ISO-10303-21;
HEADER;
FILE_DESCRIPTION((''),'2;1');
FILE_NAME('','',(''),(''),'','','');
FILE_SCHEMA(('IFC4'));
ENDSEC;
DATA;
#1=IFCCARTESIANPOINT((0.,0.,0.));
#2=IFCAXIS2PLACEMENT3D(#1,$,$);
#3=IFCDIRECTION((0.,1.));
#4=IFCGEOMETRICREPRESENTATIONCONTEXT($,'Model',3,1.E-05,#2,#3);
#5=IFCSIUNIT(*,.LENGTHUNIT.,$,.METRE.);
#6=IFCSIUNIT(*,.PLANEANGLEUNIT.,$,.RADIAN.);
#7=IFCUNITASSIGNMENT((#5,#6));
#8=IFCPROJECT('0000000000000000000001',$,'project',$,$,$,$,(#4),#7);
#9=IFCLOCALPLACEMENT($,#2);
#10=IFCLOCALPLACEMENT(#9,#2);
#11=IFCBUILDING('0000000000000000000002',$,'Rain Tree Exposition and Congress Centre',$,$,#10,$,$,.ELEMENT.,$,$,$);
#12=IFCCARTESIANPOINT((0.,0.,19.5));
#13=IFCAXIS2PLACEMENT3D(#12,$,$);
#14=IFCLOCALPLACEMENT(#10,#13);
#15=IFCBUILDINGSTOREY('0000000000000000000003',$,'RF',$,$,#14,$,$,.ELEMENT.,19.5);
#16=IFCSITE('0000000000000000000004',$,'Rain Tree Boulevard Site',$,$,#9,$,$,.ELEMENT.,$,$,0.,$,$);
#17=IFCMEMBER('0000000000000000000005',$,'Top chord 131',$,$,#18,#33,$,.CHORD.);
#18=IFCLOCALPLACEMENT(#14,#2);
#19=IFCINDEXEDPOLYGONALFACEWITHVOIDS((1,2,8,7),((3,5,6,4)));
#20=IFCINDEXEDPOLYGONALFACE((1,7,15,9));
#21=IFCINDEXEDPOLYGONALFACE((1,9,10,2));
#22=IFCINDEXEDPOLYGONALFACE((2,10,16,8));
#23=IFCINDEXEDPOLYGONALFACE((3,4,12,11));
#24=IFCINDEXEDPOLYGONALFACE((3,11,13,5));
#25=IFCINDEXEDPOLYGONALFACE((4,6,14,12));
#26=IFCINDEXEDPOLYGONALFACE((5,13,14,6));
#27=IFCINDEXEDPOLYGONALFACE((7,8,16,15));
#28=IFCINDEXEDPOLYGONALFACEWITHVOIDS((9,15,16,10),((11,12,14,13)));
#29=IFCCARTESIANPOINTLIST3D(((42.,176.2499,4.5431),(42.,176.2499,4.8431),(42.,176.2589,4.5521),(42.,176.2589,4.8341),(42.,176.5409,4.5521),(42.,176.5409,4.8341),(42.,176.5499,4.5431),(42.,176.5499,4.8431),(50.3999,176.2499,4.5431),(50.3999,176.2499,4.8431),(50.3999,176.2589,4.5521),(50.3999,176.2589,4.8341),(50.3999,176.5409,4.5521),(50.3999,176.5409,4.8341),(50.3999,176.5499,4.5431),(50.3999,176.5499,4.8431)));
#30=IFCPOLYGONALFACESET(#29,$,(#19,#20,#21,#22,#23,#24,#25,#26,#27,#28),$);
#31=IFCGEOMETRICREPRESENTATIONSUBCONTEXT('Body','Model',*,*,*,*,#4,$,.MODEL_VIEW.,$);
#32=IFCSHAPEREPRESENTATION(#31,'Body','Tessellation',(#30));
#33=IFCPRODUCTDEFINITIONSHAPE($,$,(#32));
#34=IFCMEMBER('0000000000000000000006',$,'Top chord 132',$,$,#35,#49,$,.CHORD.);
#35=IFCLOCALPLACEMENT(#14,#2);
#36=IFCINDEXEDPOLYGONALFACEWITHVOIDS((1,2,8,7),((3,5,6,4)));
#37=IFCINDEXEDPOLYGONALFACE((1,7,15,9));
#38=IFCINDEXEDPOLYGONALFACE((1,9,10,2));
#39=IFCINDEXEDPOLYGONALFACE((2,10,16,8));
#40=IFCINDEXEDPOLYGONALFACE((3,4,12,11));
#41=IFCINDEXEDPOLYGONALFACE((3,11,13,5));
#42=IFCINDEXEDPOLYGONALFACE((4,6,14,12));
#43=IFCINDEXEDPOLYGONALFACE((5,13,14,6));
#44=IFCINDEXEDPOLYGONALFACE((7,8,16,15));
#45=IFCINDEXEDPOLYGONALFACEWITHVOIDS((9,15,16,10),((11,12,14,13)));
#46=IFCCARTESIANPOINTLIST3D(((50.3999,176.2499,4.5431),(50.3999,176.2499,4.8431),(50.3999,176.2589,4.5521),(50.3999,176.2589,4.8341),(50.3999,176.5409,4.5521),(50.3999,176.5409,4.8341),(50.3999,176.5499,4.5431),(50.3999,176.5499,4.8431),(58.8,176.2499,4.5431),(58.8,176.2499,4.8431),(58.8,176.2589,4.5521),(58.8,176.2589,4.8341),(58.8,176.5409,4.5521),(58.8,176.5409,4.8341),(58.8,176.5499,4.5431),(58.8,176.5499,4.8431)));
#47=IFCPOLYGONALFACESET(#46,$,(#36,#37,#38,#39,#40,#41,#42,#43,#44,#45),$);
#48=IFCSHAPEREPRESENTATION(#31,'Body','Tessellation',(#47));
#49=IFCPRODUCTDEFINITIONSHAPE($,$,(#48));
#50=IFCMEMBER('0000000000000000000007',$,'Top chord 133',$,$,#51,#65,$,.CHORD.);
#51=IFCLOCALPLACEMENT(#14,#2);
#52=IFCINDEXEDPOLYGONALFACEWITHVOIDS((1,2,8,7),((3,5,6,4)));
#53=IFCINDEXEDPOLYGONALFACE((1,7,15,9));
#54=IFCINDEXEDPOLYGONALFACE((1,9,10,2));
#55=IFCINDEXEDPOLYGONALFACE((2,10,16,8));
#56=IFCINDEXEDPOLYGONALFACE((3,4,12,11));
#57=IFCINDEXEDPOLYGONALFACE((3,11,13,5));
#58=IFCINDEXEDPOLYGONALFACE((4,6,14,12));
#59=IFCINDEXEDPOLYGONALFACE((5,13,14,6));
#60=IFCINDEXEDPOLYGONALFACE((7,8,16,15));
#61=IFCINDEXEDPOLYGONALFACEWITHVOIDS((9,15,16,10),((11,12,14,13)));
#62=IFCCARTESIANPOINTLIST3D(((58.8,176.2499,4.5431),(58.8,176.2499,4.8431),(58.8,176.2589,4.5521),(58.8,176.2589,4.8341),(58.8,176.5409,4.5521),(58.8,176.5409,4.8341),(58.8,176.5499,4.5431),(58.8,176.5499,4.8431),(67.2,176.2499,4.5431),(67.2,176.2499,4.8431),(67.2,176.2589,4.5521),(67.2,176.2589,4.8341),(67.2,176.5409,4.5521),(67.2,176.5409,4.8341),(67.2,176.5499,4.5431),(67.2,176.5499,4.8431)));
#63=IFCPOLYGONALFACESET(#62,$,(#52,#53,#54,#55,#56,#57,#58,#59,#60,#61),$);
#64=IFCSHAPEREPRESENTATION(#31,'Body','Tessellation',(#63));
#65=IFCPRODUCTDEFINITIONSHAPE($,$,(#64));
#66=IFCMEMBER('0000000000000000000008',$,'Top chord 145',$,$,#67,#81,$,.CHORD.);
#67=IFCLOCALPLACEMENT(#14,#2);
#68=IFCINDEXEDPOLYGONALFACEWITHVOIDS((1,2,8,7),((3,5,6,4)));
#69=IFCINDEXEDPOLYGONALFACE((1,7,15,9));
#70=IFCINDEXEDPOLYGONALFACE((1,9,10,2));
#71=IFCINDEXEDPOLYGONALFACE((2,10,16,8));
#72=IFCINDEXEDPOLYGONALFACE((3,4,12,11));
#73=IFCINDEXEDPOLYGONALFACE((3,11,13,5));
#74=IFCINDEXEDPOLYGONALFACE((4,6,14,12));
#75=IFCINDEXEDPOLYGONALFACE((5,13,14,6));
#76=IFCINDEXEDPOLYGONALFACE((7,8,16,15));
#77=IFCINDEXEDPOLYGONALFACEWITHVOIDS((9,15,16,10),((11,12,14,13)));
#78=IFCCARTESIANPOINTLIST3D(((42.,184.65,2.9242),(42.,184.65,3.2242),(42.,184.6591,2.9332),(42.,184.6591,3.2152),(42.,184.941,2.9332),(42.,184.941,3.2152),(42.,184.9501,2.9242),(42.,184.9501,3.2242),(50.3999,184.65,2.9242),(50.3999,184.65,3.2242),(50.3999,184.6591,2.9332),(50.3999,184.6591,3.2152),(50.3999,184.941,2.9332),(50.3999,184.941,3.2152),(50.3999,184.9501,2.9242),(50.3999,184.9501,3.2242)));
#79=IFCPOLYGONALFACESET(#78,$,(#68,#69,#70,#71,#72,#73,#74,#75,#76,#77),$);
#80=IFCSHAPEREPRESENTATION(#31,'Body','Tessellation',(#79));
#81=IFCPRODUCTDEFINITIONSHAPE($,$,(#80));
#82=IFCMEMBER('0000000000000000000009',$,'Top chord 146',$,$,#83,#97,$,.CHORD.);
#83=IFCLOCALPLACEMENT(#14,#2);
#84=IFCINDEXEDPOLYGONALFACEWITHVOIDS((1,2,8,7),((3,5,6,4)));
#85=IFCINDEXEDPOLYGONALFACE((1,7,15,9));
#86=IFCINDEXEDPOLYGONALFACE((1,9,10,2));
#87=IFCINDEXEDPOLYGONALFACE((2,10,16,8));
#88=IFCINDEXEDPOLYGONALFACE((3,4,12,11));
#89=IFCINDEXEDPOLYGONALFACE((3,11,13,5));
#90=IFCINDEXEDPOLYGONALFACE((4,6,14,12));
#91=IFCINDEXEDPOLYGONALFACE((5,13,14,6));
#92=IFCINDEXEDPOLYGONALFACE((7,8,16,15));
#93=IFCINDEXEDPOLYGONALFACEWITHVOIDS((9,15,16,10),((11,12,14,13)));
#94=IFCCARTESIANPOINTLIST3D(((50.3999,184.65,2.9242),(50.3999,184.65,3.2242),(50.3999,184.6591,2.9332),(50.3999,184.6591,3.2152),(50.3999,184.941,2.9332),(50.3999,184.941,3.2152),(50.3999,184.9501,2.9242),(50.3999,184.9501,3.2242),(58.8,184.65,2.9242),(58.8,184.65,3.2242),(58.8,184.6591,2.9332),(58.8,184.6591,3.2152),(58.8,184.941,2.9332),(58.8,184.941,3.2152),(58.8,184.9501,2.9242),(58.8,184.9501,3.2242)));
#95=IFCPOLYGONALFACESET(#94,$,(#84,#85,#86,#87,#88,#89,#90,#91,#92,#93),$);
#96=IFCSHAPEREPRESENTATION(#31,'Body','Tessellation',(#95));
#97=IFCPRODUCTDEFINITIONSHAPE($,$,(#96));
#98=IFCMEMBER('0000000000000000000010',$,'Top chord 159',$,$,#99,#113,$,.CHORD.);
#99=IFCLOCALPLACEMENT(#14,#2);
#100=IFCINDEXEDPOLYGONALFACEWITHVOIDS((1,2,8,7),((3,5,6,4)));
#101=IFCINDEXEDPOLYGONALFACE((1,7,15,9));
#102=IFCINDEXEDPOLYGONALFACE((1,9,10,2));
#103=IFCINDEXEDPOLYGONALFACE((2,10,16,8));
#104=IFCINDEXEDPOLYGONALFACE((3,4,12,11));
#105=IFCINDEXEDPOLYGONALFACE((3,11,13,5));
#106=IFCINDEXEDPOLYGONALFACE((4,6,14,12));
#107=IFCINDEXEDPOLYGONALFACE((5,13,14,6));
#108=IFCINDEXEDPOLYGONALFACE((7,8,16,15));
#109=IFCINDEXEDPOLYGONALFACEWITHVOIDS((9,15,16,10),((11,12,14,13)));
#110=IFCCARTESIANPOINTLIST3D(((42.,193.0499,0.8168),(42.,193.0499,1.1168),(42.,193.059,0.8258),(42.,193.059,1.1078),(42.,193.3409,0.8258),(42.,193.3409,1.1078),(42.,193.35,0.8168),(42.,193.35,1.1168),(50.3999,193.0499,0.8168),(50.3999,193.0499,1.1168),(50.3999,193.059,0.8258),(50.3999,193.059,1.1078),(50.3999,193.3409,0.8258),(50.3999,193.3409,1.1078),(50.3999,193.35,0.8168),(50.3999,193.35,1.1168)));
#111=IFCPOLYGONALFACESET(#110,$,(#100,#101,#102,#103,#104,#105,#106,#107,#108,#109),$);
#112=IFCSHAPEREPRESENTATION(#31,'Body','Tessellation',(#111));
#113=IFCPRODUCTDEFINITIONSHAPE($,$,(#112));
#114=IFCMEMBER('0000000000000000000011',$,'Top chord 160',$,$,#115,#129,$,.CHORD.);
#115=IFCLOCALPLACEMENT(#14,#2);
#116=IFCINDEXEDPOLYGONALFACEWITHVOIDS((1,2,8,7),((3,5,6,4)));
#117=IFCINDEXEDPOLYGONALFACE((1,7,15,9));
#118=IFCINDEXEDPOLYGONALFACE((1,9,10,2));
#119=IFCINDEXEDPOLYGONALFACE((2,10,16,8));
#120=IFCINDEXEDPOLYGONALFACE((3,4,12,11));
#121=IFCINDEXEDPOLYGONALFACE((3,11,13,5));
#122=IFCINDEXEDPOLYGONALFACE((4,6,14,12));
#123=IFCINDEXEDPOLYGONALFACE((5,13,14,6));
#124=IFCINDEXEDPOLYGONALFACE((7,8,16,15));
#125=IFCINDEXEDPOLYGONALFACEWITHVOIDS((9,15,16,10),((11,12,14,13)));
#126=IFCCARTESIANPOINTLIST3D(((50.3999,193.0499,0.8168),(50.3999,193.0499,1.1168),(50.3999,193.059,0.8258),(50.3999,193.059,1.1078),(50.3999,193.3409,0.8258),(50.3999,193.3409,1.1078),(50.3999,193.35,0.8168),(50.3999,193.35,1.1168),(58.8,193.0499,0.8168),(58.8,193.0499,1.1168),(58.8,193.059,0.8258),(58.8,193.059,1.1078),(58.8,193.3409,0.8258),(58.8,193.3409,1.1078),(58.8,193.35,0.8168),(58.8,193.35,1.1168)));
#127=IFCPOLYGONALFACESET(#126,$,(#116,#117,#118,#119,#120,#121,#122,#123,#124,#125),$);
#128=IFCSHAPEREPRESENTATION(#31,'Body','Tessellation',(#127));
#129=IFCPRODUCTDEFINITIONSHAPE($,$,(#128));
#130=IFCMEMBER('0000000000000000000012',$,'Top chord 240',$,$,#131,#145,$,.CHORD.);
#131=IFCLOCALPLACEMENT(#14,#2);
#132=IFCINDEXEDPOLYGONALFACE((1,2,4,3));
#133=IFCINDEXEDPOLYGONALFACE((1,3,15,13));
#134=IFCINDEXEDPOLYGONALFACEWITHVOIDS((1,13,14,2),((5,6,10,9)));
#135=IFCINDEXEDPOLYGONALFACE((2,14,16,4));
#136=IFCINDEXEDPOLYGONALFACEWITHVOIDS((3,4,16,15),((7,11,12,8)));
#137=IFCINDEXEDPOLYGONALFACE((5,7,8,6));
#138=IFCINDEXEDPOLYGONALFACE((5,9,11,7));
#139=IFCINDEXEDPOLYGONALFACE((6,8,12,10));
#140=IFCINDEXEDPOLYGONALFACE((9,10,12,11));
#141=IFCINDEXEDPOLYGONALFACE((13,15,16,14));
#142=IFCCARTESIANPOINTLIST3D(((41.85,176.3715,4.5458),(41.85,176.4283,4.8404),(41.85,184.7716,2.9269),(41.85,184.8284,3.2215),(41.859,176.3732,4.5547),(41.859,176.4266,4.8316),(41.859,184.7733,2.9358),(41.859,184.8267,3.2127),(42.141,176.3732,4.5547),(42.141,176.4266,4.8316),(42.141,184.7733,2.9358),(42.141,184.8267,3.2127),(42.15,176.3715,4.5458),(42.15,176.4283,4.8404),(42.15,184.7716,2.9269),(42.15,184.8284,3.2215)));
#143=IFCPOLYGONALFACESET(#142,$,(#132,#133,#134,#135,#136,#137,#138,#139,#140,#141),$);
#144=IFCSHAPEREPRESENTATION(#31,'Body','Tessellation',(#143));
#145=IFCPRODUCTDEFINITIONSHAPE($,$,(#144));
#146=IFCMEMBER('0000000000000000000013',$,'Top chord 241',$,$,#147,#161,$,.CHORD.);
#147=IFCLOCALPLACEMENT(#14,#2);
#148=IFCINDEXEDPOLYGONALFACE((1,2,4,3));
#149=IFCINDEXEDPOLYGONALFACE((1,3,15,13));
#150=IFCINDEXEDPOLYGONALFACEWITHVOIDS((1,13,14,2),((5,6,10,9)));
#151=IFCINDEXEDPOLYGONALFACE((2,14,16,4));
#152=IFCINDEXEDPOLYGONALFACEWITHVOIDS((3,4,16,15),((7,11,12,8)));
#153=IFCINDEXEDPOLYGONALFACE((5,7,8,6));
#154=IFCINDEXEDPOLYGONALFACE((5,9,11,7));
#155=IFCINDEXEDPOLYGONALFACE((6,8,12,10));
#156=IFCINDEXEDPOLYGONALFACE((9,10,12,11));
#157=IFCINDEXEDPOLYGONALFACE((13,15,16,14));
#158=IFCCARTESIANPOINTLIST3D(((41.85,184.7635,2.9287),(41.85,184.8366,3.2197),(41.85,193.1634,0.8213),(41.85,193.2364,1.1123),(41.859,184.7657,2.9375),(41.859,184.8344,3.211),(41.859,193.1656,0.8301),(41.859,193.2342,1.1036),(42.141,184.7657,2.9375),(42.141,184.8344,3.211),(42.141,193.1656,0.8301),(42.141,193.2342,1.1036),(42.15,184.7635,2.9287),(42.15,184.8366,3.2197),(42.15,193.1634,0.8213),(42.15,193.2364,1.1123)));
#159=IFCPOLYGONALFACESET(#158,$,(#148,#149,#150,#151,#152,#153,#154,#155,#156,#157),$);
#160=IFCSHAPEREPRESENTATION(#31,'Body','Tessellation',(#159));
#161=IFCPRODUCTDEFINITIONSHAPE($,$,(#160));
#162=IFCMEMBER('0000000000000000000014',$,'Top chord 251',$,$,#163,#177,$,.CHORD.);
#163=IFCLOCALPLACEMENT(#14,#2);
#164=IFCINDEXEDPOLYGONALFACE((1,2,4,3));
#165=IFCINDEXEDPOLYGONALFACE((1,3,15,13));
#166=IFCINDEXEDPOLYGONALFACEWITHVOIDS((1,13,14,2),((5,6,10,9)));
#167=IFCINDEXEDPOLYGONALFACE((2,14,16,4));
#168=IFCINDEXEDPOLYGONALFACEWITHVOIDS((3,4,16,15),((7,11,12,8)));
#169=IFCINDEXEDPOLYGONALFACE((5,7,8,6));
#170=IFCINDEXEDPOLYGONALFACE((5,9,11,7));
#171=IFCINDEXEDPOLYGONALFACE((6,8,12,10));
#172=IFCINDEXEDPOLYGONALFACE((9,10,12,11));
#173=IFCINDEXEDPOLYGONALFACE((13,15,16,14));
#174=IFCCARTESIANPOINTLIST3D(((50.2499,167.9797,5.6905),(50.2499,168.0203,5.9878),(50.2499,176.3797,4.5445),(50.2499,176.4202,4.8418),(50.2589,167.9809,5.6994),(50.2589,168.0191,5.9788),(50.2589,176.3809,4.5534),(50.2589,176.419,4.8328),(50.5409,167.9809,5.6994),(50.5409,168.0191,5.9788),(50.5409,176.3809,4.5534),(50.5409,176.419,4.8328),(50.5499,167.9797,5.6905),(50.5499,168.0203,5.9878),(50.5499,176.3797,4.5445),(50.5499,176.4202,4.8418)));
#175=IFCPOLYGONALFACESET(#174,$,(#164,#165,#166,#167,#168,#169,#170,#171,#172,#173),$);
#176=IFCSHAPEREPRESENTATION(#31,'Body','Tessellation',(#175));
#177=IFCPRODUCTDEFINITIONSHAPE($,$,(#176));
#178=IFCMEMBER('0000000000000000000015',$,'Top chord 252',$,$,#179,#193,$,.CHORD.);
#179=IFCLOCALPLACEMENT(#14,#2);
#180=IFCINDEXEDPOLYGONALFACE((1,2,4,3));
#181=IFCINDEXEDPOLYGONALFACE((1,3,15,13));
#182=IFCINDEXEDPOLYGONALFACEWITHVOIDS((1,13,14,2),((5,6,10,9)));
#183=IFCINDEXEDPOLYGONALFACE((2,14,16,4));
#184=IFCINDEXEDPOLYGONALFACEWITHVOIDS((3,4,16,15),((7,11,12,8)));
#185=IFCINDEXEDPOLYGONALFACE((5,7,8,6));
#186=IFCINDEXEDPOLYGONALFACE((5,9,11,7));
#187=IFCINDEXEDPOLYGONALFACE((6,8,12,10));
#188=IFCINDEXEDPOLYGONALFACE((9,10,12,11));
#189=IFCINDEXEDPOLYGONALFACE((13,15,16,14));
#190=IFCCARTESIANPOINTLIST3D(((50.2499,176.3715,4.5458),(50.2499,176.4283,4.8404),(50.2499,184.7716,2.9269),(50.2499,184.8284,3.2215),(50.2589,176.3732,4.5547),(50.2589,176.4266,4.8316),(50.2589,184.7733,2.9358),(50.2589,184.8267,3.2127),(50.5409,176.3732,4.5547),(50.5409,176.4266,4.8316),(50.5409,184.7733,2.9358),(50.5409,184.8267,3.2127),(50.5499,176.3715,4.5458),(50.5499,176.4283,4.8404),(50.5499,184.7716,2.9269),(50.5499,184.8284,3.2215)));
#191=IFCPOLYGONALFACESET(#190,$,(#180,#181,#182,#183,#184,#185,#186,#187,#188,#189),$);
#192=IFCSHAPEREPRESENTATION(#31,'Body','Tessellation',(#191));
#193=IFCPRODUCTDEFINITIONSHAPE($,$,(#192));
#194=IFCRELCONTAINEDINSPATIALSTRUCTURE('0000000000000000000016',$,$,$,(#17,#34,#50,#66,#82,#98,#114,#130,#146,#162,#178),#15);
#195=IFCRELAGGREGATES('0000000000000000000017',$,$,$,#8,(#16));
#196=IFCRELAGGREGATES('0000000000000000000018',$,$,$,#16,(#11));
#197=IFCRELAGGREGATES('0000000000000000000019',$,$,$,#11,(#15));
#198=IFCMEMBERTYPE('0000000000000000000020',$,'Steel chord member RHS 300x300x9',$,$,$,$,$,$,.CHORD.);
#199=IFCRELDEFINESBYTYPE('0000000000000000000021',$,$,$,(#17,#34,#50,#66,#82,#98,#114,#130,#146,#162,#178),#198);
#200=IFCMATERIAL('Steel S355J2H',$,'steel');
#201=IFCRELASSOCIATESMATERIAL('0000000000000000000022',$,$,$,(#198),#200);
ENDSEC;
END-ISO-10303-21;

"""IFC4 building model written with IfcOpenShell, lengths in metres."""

from ifc_helpers import new_model, si_unit, direction, frame, origin, origin_2d, place, context, subcontext, project, spatial, hollow_rectangle, extrude, material, material_profile, profile_set, type_object, element, save


model = new_model("IFC4")

# Units and contexts
model_context = context("Model", 3, precision=1e-05, world=origin(), true_north=direction((0.0, 1.0)))
body_context = subcontext(model_context, "Body", "Model", "MODEL_VIEW")
ifc_project = project(units=[si_unit("LENGTHUNIT", "METRE"), si_unit("PLANEANGLEUNIT", "RADIAN")], contexts=[model_context])

# Site, building, storey
site_placement = place(None, origin())
site = spatial("IfcSite", under=ifc_project, at=site_placement, Name="Rain Tree Boulevard Site", CompositionType="ELEMENT", RefElevation=0.0)
building_placement = place(site_placement, origin())
building = spatial("IfcBuilding", under=site, at=building_placement, Name="Rain Tree Exposition and Congress Centre", CompositionType="ELEMENT")
storey_placement = place(building_placement, frame((0.0, 0.0, 19.5)))
storey = spatial("IfcBuildingStorey", under=building, at=storey_placement, Name="RF", CompositionType="ELEMENT", Elevation=19.5)

# Members
ifc_material_1 = material(Name="Steel S355J2H", Category="steel")
ifc_material_profile_1 = material_profile(ifc_material_1, hollow_rectangle(XDim=0.3, YDim=0.3, WallThickness=0.009, at=origin_2d()), Name="RHS 300x300x9")
ifc_profile_set_1 = profile_set([ifc_material_profile_1], Name="Steel S355J2H")
member_type = type_object("IfcMemberType", Name="Steel chord member RHS 300x300x9", PredefinedType="CHORD", material=ifc_profile_set_1)
member_1_placement = place(storey_placement, frame((42.0, 176.3999, 4.6931), z_axis=(1.0, 0.0, 0.0), x_axis=(0.0, 1.0, 0.0)))
element("IfcMember", 1, at=member_1_placement, inside=storey, type_object=member_type, Name="Top chord 131", PredefinedType="CHORD", context=body_context, shape_type="SweptSolid", body=[
    extrude(hollow_rectangle(XDim=0.3, YDim=0.3, WallThickness=0.009, at=origin_2d()), origin(), (0.0, 0.0, 1.0), 8.3999),
])
member_2_placement = place(storey_placement, frame((50.3999, 176.3999, 4.6931), z_axis=(1.0, 0.0, 0.0), x_axis=(0.0, 1.0, 0.0)))
element("IfcMember", 2, at=member_2_placement, inside=storey, type_object=member_type, Name="Top chord 132", PredefinedType="CHORD", context=body_context, shape_type="SweptSolid", body=[
    extrude(hollow_rectangle(XDim=0.3, YDim=0.3, WallThickness=0.009, at=origin_2d()), origin(), (0.0, 0.0, 1.0), 8.4001),
])
for number, where, z_axis, x_axis, name in (
    (3, (58.8, 176.3999, 4.6931), (1.0, 0.0, 0.0), (0.0, 1.0, 0.0), "Top chord 133"),
    (4, (42.0, 184.8, 3.0742), (1.0, 0.0, 0.0), (0.0, 1.0, 0.0), "Top chord 145"),
):
    element("IfcMember", number, at=place(storey_placement, frame(where, z_axis=z_axis, x_axis=x_axis)), inside=storey, type_object=member_type, Name=name, PredefinedType="CHORD", context=body_context, shape_type="SweptSolid", body=[
        extrude(hollow_rectangle(XDim=0.3, YDim=0.3, WallThickness=0.009, at=origin_2d()), origin(), (0.0, 0.0, 1.0), 8.3999),
    ])
member_3_placement = place(storey_placement, frame((50.3999, 184.8, 3.0742), z_axis=(1.0, 0.0, 0.0), x_axis=(0.0, 1.0, 0.0)))
element("IfcMember", 5, at=member_3_placement, inside=storey, type_object=member_type, Name="Top chord 146", PredefinedType="CHORD", context=body_context, shape_type="SweptSolid", body=[
    extrude(hollow_rectangle(XDim=0.3, YDim=0.3, WallThickness=0.009, at=origin_2d()), origin(), (0.0, 0.0, 1.0), 8.4001),
])
member_4_placement = place(storey_placement, frame((42.0, 193.2, 0.9668), z_axis=(1.0, 0.0, 0.0), x_axis=(0.0, 1.0, 0.0)))
element("IfcMember", 6, at=member_4_placement, inside=storey, type_object=member_type, Name="Top chord 159", PredefinedType="CHORD", context=body_context, shape_type="SweptSolid", body=[
    extrude(hollow_rectangle(XDim=0.3, YDim=0.3, WallThickness=0.009, at=origin_2d()), origin(), (0.0, 0.0, 1.0), 8.3999),
])
member_5_placement = place(storey_placement, frame((50.3999, 193.2, 0.9668), z_axis=(1.0, 0.0, 0.0), x_axis=(0.0, 1.0, 0.0)))
element("IfcMember", 7, at=member_5_placement, inside=storey, type_object=member_type, Name="Top chord 160", PredefinedType="CHORD", context=body_context, shape_type="SweptSolid", body=[
    extrude(hollow_rectangle(XDim=0.3, YDim=0.3, WallThickness=0.009, at=origin_2d()), origin(), (0.0, 0.0, 1.0), 8.4001),
])
member_6_placement = place(storey_placement, frame((42.0, 176.3999, 4.6931), z_axis=(0.0, 0.981931, -0.18924), x_axis=(-1.0, 0.0, 0.0)))
element("IfcMember", 8, at=member_6_placement, inside=storey, type_object=member_type, Name="Top chord 240", PredefinedType="CHORD", context=body_context, shape_type="SweptSolid", body=[
    extrude(hollow_rectangle(XDim=0.3, YDim=0.3, WallThickness=0.009, at=origin_2d()), origin(), (0.0, 0.0, 1.0), 8.5547),
])
member_7_placement = place(storey_placement, frame((42.0, 184.8, 3.0742), z_axis=(0.0, 0.96994, -0.243345), x_axis=(-1.0, 0.0, 0.0)))
element("IfcMember", 9, at=member_7_placement, inside=storey, type_object=member_type, Name="Top chord 241", PredefinedType="CHORD", context=body_context, shape_type="SweptSolid", body=[
    extrude(hollow_rectangle(XDim=0.3, YDim=0.3, WallThickness=0.009, at=origin_2d()), origin(), (0.0, 0.0, 1.0), 8.6602),
])
member_8_placement = place(storey_placement, frame((50.3999, 168.0, 5.8391), z_axis=(0.0, 0.990821, -0.135177), x_axis=(-1.0, 0.0, 0.0)))
element("IfcMember", 10, at=member_8_placement, inside=storey, type_object=member_type, Name="Top chord 251", PredefinedType="CHORD", context=body_context, shape_type="SweptSolid", body=[
    extrude(hollow_rectangle(XDim=0.3, YDim=0.3, WallThickness=0.009, at=origin_2d()), origin(), (0.0, 0.0, 1.0), 8.4778),
])
member_9_placement = place(storey_placement, frame((50.3999, 176.3999, 4.6931), z_axis=(0.0, 0.981931, -0.18924), x_axis=(-1.0, 0.0, 0.0)))
element("IfcMember", 11, at=member_9_placement, inside=storey, type_object=member_type, Name="Top chord 252", PredefinedType="CHORD", context=body_context, shape_type="SweptSolid", body=[
    extrude(hollow_rectangle(XDim=0.3, YDim=0.3, WallThickness=0.009, at=origin_2d()), origin(), (0.0, 0.0, 1.0), 8.5547),
])

save(model, "model.ifc")
